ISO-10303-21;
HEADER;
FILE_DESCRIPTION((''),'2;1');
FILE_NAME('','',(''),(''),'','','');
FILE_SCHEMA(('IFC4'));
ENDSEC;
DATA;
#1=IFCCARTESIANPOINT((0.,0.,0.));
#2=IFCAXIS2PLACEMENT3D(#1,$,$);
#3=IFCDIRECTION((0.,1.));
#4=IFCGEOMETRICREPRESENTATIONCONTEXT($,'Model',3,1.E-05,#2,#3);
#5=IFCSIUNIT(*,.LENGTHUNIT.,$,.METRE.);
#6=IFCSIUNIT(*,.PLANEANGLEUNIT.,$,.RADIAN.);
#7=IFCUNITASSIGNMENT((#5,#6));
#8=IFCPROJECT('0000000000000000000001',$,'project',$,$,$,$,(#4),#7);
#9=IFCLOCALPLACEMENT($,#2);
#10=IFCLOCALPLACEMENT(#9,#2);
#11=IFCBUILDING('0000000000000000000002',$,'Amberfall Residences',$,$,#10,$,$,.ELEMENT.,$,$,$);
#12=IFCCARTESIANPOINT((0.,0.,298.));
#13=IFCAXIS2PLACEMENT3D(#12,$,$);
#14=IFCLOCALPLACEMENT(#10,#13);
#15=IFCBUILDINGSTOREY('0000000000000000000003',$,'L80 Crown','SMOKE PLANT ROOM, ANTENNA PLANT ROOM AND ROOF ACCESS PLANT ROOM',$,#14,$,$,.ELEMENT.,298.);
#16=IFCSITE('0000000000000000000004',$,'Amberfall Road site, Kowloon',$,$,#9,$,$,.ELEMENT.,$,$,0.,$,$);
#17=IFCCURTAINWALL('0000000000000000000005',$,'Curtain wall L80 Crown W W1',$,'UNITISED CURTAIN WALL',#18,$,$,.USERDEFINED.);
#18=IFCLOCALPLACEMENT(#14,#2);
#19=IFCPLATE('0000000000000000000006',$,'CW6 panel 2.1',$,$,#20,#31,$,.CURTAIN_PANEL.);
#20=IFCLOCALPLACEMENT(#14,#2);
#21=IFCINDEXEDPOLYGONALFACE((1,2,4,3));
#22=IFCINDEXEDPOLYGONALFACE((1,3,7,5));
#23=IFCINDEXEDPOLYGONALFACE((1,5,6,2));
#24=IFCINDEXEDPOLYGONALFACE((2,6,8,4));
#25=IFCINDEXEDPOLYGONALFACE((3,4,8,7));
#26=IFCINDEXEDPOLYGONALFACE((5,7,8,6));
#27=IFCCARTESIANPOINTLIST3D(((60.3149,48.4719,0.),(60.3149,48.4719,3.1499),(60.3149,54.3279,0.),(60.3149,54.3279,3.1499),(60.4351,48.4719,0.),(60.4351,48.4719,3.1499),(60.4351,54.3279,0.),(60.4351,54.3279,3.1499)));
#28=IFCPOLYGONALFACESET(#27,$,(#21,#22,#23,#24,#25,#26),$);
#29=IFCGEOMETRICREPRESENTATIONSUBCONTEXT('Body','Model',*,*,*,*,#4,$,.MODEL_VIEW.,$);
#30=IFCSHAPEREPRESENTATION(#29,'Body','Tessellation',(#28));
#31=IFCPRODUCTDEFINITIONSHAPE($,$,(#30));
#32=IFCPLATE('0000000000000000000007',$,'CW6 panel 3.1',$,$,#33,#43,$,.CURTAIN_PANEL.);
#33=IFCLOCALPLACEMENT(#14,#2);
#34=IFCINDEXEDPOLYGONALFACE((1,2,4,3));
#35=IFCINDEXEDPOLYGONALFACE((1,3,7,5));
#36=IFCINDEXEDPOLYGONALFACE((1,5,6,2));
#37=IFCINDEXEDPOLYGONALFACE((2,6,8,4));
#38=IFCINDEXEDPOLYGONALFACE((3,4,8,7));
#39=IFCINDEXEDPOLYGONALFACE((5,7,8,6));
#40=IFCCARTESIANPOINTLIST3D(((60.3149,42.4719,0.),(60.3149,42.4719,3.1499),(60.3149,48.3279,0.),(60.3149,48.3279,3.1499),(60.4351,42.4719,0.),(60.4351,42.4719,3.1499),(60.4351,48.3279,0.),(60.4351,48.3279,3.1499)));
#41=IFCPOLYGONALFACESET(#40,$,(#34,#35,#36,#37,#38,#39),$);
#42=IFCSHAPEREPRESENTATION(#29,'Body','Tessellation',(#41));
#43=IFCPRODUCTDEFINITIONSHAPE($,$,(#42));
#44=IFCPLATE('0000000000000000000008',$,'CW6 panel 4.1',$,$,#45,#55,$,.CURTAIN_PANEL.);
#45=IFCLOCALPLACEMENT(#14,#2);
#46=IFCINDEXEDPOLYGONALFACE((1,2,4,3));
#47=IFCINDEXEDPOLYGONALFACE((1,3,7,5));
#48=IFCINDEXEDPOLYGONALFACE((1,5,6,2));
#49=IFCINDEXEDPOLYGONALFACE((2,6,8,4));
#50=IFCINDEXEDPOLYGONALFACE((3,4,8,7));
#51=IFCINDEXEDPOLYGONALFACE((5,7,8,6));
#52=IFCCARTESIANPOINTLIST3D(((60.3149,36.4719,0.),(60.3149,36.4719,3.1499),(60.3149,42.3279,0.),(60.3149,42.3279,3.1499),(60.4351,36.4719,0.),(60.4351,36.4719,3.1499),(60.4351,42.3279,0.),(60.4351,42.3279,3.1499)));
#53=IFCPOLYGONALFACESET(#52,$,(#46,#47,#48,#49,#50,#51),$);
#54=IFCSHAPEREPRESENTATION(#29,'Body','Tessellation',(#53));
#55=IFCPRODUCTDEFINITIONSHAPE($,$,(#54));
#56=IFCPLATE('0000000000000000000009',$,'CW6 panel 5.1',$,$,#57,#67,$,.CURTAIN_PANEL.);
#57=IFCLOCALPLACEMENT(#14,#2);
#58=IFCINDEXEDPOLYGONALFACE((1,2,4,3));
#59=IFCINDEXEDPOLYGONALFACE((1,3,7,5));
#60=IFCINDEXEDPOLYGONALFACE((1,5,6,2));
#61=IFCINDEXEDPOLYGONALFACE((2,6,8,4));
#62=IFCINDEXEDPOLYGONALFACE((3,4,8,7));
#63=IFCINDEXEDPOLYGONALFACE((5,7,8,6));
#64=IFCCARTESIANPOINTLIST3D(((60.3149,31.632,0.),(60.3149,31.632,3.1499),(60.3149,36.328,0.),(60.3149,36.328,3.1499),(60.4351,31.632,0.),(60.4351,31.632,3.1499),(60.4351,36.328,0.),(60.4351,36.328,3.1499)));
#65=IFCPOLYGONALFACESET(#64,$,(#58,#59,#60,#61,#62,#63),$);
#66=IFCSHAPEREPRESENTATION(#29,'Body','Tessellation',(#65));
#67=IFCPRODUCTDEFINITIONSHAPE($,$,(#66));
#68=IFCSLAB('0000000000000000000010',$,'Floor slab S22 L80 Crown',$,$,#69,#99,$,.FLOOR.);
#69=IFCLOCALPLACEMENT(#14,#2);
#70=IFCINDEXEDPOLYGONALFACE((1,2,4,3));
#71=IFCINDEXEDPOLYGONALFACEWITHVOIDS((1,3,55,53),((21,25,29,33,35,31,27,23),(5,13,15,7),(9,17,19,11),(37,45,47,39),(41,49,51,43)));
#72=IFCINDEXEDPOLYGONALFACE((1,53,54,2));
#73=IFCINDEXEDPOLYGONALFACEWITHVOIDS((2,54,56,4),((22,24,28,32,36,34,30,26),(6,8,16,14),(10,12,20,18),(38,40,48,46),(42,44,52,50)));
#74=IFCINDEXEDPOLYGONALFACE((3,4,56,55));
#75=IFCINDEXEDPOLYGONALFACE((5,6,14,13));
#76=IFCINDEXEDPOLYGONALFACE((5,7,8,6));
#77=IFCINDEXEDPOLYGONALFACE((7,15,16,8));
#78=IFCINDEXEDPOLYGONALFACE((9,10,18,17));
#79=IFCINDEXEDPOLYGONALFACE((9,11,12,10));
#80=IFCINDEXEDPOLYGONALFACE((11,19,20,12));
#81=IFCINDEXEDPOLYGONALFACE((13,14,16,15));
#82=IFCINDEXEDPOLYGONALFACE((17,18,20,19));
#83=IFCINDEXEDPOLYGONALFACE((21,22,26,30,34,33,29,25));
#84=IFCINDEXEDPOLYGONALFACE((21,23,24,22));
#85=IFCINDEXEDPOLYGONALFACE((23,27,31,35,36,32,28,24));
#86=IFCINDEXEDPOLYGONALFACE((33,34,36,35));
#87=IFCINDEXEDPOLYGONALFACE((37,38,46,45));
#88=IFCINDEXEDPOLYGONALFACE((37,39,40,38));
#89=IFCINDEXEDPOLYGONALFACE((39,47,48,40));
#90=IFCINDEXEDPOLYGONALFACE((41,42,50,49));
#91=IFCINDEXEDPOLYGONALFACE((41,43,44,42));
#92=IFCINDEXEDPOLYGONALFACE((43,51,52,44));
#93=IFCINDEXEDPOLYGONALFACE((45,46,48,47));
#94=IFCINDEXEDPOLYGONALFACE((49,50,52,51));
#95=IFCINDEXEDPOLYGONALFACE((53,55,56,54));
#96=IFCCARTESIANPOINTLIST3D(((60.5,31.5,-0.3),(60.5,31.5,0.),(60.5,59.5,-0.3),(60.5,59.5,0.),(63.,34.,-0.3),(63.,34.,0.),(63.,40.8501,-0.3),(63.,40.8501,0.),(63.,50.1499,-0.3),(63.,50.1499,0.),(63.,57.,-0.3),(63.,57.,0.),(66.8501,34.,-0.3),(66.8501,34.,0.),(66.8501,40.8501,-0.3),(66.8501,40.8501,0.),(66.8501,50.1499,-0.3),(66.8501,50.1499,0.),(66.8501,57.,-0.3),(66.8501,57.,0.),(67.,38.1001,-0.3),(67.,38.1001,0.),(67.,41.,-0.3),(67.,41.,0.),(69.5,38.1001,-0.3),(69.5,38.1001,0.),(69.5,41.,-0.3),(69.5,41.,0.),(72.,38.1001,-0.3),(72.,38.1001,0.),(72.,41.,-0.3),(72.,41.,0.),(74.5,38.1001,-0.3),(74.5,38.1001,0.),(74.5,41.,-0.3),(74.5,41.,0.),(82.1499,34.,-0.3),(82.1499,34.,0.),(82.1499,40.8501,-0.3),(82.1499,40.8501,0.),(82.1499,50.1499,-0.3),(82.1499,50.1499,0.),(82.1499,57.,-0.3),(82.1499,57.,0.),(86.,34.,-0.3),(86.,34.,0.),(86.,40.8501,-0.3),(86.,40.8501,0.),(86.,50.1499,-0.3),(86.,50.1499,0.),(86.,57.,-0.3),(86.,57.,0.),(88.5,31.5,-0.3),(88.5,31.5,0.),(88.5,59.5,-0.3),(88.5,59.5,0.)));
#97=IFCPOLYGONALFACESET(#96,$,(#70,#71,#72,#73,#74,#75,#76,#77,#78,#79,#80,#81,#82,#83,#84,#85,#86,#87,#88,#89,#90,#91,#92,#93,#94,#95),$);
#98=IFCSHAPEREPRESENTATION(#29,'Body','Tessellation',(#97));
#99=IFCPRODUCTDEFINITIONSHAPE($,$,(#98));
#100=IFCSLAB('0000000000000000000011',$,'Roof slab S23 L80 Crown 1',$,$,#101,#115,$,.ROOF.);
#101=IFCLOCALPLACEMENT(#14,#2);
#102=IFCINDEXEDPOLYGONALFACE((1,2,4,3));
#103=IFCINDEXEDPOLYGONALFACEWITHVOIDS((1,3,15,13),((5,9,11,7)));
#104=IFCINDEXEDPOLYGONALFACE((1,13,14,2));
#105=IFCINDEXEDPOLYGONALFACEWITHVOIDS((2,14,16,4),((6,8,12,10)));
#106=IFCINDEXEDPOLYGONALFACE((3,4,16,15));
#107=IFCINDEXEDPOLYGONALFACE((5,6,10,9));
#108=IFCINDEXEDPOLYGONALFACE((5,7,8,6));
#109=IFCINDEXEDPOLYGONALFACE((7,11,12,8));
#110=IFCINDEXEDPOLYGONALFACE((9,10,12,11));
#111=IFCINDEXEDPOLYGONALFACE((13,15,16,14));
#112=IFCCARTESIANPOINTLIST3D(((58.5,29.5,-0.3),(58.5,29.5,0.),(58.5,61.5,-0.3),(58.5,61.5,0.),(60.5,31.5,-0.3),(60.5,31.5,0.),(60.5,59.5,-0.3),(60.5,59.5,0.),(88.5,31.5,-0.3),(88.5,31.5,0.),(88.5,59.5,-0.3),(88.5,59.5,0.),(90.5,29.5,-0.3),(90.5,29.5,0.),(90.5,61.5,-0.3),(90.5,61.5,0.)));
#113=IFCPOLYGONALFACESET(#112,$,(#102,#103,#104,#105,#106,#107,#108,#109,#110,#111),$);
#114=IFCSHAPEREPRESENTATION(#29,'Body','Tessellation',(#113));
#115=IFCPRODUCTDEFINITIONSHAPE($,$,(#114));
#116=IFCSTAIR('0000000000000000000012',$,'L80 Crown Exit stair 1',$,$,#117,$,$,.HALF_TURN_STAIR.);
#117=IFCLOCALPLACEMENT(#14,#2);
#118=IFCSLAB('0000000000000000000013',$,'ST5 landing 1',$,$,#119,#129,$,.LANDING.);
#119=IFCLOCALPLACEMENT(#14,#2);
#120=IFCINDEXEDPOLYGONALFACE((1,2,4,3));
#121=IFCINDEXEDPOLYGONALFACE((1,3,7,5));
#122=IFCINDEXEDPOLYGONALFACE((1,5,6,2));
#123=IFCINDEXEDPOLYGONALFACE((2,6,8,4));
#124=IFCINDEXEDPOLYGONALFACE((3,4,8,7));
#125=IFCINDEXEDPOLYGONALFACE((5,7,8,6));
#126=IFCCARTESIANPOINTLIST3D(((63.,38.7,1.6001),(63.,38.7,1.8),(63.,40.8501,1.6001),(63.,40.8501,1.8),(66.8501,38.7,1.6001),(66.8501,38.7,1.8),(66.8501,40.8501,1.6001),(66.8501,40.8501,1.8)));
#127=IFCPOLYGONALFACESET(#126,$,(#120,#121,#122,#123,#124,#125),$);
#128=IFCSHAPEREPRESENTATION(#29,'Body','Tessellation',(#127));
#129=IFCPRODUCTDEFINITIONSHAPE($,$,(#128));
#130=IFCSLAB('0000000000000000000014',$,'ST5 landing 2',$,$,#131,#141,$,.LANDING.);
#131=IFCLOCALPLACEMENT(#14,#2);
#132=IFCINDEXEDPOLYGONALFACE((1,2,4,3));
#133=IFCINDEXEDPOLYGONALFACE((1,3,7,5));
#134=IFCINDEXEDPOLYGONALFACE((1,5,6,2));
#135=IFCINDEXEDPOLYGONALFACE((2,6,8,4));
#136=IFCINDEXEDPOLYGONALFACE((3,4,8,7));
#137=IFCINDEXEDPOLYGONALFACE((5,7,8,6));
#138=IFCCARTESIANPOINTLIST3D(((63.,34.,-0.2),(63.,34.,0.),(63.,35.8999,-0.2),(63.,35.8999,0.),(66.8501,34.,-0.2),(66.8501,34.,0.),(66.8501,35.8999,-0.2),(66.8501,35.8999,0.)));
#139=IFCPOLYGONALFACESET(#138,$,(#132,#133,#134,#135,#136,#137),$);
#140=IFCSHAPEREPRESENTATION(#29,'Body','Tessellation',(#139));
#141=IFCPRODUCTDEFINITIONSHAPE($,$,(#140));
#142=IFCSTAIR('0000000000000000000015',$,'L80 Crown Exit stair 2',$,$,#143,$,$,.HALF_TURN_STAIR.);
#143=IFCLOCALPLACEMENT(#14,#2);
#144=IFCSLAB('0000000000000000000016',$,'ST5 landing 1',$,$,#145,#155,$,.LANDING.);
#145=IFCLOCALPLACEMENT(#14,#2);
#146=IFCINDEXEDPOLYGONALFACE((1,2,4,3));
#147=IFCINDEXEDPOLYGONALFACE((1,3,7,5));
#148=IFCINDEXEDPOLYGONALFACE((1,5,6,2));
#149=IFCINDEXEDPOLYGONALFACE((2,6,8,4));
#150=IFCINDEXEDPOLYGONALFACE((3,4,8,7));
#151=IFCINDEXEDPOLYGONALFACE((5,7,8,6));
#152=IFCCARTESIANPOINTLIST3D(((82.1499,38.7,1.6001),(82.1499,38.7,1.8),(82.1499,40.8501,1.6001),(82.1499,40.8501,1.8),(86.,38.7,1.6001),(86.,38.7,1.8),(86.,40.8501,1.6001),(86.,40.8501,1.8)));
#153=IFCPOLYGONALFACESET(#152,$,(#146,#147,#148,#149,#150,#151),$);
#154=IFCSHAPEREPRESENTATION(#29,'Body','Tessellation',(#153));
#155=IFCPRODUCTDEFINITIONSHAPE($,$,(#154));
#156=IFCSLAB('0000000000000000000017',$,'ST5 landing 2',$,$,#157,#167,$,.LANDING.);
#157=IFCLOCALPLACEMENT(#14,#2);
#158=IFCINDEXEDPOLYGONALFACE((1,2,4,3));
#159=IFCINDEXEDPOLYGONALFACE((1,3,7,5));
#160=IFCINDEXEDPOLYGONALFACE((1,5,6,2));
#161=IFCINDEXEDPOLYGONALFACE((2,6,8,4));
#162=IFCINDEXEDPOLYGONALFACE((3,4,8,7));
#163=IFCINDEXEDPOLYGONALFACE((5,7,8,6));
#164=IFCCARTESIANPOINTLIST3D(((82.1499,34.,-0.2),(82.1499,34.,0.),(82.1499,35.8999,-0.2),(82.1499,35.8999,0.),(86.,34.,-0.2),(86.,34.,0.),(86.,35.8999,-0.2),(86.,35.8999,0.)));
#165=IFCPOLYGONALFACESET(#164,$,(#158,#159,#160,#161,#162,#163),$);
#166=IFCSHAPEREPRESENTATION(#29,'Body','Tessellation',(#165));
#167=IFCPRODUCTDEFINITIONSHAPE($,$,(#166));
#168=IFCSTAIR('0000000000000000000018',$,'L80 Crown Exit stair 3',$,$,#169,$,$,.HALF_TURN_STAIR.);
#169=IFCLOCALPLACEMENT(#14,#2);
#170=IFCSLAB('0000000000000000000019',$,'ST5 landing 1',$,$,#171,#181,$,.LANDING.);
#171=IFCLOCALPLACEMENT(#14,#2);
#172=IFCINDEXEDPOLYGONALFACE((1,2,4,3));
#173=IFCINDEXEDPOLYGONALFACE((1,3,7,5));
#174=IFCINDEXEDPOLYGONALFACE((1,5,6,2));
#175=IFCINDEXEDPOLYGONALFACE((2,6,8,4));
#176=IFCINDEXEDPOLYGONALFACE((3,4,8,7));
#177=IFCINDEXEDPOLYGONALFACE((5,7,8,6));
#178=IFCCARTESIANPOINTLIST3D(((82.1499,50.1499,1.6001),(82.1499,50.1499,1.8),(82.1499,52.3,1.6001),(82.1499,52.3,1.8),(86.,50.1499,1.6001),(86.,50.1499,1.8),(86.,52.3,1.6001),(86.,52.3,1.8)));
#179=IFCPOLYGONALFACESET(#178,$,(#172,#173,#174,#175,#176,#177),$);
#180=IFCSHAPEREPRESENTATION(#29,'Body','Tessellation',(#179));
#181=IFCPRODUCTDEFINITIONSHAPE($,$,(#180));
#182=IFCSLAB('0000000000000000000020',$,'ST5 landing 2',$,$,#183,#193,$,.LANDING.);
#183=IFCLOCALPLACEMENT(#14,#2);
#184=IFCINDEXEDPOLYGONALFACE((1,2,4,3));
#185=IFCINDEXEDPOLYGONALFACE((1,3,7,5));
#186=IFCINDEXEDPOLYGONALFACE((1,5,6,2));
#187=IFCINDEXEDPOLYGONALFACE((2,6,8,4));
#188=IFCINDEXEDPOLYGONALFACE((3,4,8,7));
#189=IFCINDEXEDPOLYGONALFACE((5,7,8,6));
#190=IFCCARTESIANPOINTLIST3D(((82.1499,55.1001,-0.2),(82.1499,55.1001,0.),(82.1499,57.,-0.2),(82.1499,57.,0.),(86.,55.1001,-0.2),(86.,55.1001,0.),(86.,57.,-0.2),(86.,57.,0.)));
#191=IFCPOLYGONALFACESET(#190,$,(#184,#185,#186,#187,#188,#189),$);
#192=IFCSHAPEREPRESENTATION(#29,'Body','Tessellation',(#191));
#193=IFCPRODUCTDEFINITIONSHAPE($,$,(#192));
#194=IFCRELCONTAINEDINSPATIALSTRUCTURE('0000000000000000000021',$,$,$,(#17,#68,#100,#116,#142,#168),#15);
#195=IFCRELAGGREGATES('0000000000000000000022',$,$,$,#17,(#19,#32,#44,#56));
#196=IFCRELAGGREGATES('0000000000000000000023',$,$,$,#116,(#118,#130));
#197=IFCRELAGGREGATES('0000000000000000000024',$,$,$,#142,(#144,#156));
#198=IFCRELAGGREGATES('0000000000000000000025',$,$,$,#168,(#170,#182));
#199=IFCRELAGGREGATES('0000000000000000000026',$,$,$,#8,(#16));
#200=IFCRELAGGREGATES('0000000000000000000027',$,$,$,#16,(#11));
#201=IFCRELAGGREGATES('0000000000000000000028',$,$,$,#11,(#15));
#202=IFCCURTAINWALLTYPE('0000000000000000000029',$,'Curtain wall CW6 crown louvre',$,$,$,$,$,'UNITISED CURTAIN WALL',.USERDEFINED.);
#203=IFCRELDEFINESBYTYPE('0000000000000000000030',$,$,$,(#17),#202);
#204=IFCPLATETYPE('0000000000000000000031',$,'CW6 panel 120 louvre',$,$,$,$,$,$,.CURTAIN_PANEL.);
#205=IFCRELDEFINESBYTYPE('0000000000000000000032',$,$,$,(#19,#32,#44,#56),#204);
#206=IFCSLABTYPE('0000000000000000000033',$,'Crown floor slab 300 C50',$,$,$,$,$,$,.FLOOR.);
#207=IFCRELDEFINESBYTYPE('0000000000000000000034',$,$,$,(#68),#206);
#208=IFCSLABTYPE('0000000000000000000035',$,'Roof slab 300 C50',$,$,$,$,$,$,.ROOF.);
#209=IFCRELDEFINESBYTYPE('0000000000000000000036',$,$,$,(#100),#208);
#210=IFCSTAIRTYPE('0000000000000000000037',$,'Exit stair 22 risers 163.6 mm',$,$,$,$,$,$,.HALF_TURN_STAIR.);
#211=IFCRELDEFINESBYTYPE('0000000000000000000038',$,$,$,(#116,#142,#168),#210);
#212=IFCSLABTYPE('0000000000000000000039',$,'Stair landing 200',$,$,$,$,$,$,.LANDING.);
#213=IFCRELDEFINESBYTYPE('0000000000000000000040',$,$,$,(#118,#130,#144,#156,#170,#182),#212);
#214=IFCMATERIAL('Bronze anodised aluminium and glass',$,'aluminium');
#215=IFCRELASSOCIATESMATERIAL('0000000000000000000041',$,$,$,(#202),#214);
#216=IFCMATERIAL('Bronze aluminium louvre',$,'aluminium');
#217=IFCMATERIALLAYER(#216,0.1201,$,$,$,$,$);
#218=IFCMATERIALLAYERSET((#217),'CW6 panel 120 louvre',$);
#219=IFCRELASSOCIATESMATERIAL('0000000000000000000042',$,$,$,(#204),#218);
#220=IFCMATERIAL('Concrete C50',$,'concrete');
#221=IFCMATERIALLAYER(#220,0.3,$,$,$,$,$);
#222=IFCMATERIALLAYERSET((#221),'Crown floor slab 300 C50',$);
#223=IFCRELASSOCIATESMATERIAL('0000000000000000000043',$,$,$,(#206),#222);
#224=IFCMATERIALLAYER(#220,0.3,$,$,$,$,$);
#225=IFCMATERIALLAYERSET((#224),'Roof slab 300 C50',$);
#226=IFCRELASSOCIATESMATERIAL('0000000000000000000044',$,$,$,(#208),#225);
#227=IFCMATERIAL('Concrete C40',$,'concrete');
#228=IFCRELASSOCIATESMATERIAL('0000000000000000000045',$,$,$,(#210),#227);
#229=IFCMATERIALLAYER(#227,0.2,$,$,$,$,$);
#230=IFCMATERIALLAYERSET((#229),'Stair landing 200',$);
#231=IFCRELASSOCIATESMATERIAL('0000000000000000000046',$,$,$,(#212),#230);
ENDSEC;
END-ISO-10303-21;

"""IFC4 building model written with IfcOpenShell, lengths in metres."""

from ifc_helpers import new_model, si_unit, direction, frame, origin, origin_2d, place, context, subcontext, project, spatial, polyline, rectangle, outline, extrude, material, layer, layer_set, type_object, element, aggregate, save


model = new_model("IFC4")

# Units and contexts
model_context = context("Model", 3, precision=1e-05, world=origin(), true_north=direction((0.0, 1.0)))
body_context = subcontext(model_context, "Body", "Model", "MODEL_VIEW")
ifc_project = project(units=[si_unit("LENGTHUNIT", "METRE"), si_unit("PLANEANGLEUNIT", "RADIAN")], contexts=[model_context])

# Site, building, storey
site_placement = place(None, origin())
site = spatial("IfcSite", under=ifc_project, at=site_placement, Name="Amberfall Road site, Kowloon", CompositionType="ELEMENT", RefElevation=0.0)
building_placement = place(site_placement, origin())
building = spatial("IfcBuilding", under=site, at=building_placement, Name="Amberfall Residences", CompositionType="ELEMENT")
storey_placement = place(building_placement, frame((0.0, 0.0, 298.0)))
storey = spatial("IfcBuildingStorey", under=building, at=storey_placement, Name="L80 Crown", Description="SMOKE PLANT ROOM, ANTENNA PLANT ROOM AND ROOF ACCESS PLANT ROOM", CompositionType="ELEMENT", Elevation=298.0)

# Shared definitions
ifc_material_1 = material(Name="Concrete C50", Category="concrete")

# Shared definitions
ifc_material_2 = material(Name="Bronze anodised aluminium and glass", Category="aluminium")
curtain_wall_type = type_object("IfcCurtainWallType", Name="Curtain wall CW6 crown louvre", ElementType="UNITISED CURTAIN WALL", PredefinedType="USERDEFINED", material=ifc_material_2)

# Curtain wall
curtain_wall_1_placement = place(storey_placement, origin())
curtain_wall_1 = element("IfcCurtainWall", 1, at=curtain_wall_1_placement, inside=storey, type_object=curtain_wall_type, Name="Curtain wall L80 Crown W W1", ObjectType="UNITISED CURTAIN WALL", PredefinedType="USERDEFINED")

# Plates
ifc_material_3 = material(Name="Bronze aluminium louvre", Category="aluminium")
ifc_layer_1 = layer(ifc_material_3, 0.1201)
ifc_layer_set_1 = layer_set([ifc_layer_1], Name="CW6 panel 120 louvre")
plate_type = type_object("IfcPlateType", Name="CW6 panel 120 louvre", PredefinedType="CURTAIN_PANEL", material=ifc_layer_set_1)
plate_1_placement = place(storey_placement, frame((60.375, 51.3999, 0.0), z_axis=(0.0, 0.0, 1.0), x_axis=(0.0, -1.0, 0.0)))
plate_1 = element("IfcPlate", 2, at=plate_1_placement, type_object=plate_type, Name="CW6 panel 2.1", PredefinedType="CURTAIN_PANEL", context=body_context, shape_type="SweptSolid", body=[
    extrude(rectangle(XDim=5.856, YDim=0.1201, at=origin_2d()), origin(), (0.0, 0.0, 1.0), 3.1499),
])
plate_2_placement = place(storey_placement, frame((60.375, 45.3999, 0.0), z_axis=(0.0, 0.0, 1.0), x_axis=(0.0, -1.0, 0.0)))
plate_2 = element("IfcPlate", 3, at=plate_2_placement, type_object=plate_type, Name="CW6 panel 3.1", PredefinedType="CURTAIN_PANEL", context=body_context, shape_type="SweptSolid", body=[
    extrude(rectangle(XDim=5.856, YDim=0.1201, at=origin_2d()), origin(), (0.0, 0.0, 1.0), 3.1499),
])
plate_3_placement = place(storey_placement, frame((60.375, 39.3999, 0.0), z_axis=(0.0, 0.0, 1.0), x_axis=(0.0, -1.0, 0.0)))
plate_3 = element("IfcPlate", 4, at=plate_3_placement, type_object=plate_type, Name="CW6 panel 4.1", PredefinedType="CURTAIN_PANEL", context=body_context, shape_type="SweptSolid", body=[
    extrude(rectangle(XDim=5.856, YDim=0.1201, at=origin_2d()), origin(), (0.0, 0.0, 1.0), 3.1499),
])
plate_4_placement = place(storey_placement, frame((60.375, 33.98, 0.0), z_axis=(0.0, 0.0, 1.0), x_axis=(0.0, -1.0, 0.0)))
plate_4 = element("IfcPlate", 5, at=plate_4_placement, type_object=plate_type, Name="CW6 panel 5.1", PredefinedType="CURTAIN_PANEL", context=body_context, shape_type="SweptSolid", body=[
    extrude(rectangle(XDim=4.696, YDim=0.1201, at=origin_2d()), origin(), (0.0, 0.0, 1.0), 3.1499),
])
aggregate(curtain_wall_1, [plate_1, plate_2, plate_3, plate_4])

# Slabs
ifc_layer_2 = layer(ifc_material_1, 0.3)
ifc_layer_set_2 = layer_set([ifc_layer_2], Name="Crown floor slab 300 C50")
slab_type_1 = type_object("IfcSlabType", Name="Crown floor slab 300 C50", PredefinedType="FLOOR", material=ifc_layer_set_2)
slab_1_placement = place(storey_placement, frame((0.0, 0.0, -0.3)))
element("IfcSlab", 6, at=slab_1_placement, inside=storey, type_object=slab_type_1, Name="Floor slab S22 L80 Crown", PredefinedType="FLOOR", context=body_context, shape_type="SweptSolid", body=[
    extrude(outline(polyline([(60.5, 59.5), (88.5, 59.5), (88.5, 31.5), (60.5, 31.5), (60.5, 59.5)]), holes=[polyline([(86.0, 40.8501), (82.1499, 40.8501), (82.1499, 34.0), (86.0, 34.0), (86.0, 40.8501)]), polyline([(86.0, 57.0), (82.1499, 57.0), (82.1499, 50.1499), (86.0, 50.1499), (86.0, 57.0)]), polyline([(69.5, 38.1001), (72.0, 38.1001), (74.5, 38.1001), (74.5, 41.0), (72.0, 41.0), (69.5, 41.0), (67.0, 41.0), (67.0, 38.1001), (69.5, 38.1001)]), polyline([(63.0, 40.8501), (63.0, 34.0), (66.8501, 34.0), (66.8501, 40.8501), (63.0, 40.8501)]), polyline([(66.8501, 57.0), (63.0, 57.0), (63.0, 50.1499), (66.8501, 50.1499), (66.8501, 57.0)])]), origin(), (0.0, 0.0, 1.0), 0.3),
])
ifc_layer_3 = layer(ifc_material_1, 0.3)
ifc_layer_set_3 = layer_set([ifc_layer_3], Name="Roof slab 300 C50")
slab_type_2 = type_object("IfcSlabType", Name="Roof slab 300 C50", PredefinedType="ROOF", material=ifc_layer_set_3)
slab_2_placement = place(storey_placement, frame((0.0, 0.0, -0.3)))
element("IfcSlab", 7, at=slab_2_placement, inside=storey, type_object=slab_type_2, Name="Roof slab S23 L80 Crown 1", PredefinedType="ROOF", context=body_context, shape_type="SweptSolid", body=[
    extrude(outline(polyline([(58.5, 29.5), (58.5, 61.5), (90.5, 61.5), (90.5, 29.5), (58.5, 29.5)]), holes=[polyline([(88.5, 59.5), (60.5, 59.5), (60.5, 31.5), (88.5, 31.5), (88.5, 59.5)])]), origin(), (0.0, 0.0, 1.0), 0.3),
])

# Stairs, slabs
ifc_material_4 = material(Name="Concrete C40", Category="concrete")
stair_type = type_object("IfcStairType", Name="Exit stair 22 risers 163.6 mm", PredefinedType="HALF_TURN_STAIR", material=ifc_material_4)
stair_1_placement = place(storey_placement, origin())
stair_1 = element("IfcStair", 8, at=stair_1_placement, inside=storey, type_object=stair_type, Name="L80 Crown Exit stair 1", PredefinedType="HALF_TURN_STAIR")
ifc_layer_4 = layer(ifc_material_4, 0.2)
ifc_layer_set_4 = layer_set([ifc_layer_4], Name="Stair landing 200")
slab_type_3 = type_object("IfcSlabType", Name="Stair landing 200", PredefinedType="LANDING", material=ifc_layer_set_4)
slab_3_placement = place(storey_placement, frame((0.0, 0.0, 1.6001)))
slab_3 = element("IfcSlab", 9, at=slab_3_placement, type_object=slab_type_3, Name="ST5 landing 1", PredefinedType="LANDING", context=body_context, shape_type="SweptSolid", body=[
    extrude(outline(polyline([(66.8501, 38.7), (66.8501, 40.8501), (63.0, 40.8501), (63.0, 38.7), (66.8501, 38.7)])), origin(), (0.0, 0.0, 1.0), 0.2),
])
slab_4_placement = place(storey_placement, frame((0.0, 0.0, -0.2)))
slab_4 = element("IfcSlab", 10, at=slab_4_placement, type_object=slab_type_3, Name="ST5 landing 2", PredefinedType="LANDING", context=body_context, shape_type="SweptSolid", body=[
    extrude(outline(polyline([(66.8501, 34.0), (66.8501, 35.8999), (63.0, 35.8999), (63.0, 34.0), (66.8501, 34.0)])), origin(), (0.0, 0.0, 1.0), 0.2),
])
aggregate(stair_1, [slab_3, slab_4])
stair_2_placement = place(storey_placement, origin())
stair_2 = element("IfcStair", 11, at=stair_2_placement, inside=storey, type_object=stair_type, Name="L80 Crown Exit stair 2", PredefinedType="HALF_TURN_STAIR")
slab_5_placement = place(storey_placement, frame((0.0, 0.0, 1.6001)))
slab_5 = element("IfcSlab", 12, at=slab_5_placement, type_object=slab_type_3, Name="ST5 landing 1", PredefinedType="LANDING", context=body_context, shape_type="SweptSolid", body=[
    extrude(outline(polyline([(86.0, 38.7), (86.0, 40.8501), (82.1499, 40.8501), (82.1499, 38.7), (86.0, 38.7)])), origin(), (0.0, 0.0, 1.0), 0.2),
])
slab_6_placement = place(storey_placement, frame((0.0, 0.0, -0.2)))
slab_6 = element("IfcSlab", 13, at=slab_6_placement, type_object=slab_type_3, Name="ST5 landing 2", PredefinedType="LANDING", context=body_context, shape_type="SweptSolid", body=[
    extrude(outline(polyline([(86.0, 34.0), (86.0, 35.8999), (82.1499, 35.8999), (82.1499, 34.0), (86.0, 34.0)])), origin(), (0.0, 0.0, 1.0), 0.2),
])
aggregate(stair_2, [slab_5, slab_6])
stair_3_placement = place(storey_placement, origin())
stair_3 = element("IfcStair", 14, at=stair_3_placement, inside=storey, type_object=stair_type, Name="L80 Crown Exit stair 3", PredefinedType="HALF_TURN_STAIR")
slab_7_placement = place(storey_placement, frame((0.0, 0.0, 1.6001)))
slab_7 = element("IfcSlab", 15, at=slab_7_placement, type_object=slab_type_3, Name="ST5 landing 1", PredefinedType="LANDING", context=body_context, shape_type="SweptSolid", body=[
    extrude(outline(polyline([(82.1499, 52.3), (82.1499, 50.1499), (86.0, 50.1499), (86.0, 52.3), (82.1499, 52.3)])), origin(), (0.0, 0.0, 1.0), 0.2),
])
slab_8_placement = place(storey_placement, frame((0.0, 0.0, -0.2)))
slab_8 = element("IfcSlab", 16, at=slab_8_placement, type_object=slab_type_3, Name="ST5 landing 2", PredefinedType="LANDING", context=body_context, shape_type="SweptSolid", body=[
    extrude(outline(polyline([(82.1499, 57.0), (82.1499, 55.1001), (86.0, 55.1001), (86.0, 57.0), (82.1499, 57.0)])), origin(), (0.0, 0.0, 1.0), 0.2),
])
aggregate(stair_3, [slab_7, slab_8])

save(model, "model.ifc")
